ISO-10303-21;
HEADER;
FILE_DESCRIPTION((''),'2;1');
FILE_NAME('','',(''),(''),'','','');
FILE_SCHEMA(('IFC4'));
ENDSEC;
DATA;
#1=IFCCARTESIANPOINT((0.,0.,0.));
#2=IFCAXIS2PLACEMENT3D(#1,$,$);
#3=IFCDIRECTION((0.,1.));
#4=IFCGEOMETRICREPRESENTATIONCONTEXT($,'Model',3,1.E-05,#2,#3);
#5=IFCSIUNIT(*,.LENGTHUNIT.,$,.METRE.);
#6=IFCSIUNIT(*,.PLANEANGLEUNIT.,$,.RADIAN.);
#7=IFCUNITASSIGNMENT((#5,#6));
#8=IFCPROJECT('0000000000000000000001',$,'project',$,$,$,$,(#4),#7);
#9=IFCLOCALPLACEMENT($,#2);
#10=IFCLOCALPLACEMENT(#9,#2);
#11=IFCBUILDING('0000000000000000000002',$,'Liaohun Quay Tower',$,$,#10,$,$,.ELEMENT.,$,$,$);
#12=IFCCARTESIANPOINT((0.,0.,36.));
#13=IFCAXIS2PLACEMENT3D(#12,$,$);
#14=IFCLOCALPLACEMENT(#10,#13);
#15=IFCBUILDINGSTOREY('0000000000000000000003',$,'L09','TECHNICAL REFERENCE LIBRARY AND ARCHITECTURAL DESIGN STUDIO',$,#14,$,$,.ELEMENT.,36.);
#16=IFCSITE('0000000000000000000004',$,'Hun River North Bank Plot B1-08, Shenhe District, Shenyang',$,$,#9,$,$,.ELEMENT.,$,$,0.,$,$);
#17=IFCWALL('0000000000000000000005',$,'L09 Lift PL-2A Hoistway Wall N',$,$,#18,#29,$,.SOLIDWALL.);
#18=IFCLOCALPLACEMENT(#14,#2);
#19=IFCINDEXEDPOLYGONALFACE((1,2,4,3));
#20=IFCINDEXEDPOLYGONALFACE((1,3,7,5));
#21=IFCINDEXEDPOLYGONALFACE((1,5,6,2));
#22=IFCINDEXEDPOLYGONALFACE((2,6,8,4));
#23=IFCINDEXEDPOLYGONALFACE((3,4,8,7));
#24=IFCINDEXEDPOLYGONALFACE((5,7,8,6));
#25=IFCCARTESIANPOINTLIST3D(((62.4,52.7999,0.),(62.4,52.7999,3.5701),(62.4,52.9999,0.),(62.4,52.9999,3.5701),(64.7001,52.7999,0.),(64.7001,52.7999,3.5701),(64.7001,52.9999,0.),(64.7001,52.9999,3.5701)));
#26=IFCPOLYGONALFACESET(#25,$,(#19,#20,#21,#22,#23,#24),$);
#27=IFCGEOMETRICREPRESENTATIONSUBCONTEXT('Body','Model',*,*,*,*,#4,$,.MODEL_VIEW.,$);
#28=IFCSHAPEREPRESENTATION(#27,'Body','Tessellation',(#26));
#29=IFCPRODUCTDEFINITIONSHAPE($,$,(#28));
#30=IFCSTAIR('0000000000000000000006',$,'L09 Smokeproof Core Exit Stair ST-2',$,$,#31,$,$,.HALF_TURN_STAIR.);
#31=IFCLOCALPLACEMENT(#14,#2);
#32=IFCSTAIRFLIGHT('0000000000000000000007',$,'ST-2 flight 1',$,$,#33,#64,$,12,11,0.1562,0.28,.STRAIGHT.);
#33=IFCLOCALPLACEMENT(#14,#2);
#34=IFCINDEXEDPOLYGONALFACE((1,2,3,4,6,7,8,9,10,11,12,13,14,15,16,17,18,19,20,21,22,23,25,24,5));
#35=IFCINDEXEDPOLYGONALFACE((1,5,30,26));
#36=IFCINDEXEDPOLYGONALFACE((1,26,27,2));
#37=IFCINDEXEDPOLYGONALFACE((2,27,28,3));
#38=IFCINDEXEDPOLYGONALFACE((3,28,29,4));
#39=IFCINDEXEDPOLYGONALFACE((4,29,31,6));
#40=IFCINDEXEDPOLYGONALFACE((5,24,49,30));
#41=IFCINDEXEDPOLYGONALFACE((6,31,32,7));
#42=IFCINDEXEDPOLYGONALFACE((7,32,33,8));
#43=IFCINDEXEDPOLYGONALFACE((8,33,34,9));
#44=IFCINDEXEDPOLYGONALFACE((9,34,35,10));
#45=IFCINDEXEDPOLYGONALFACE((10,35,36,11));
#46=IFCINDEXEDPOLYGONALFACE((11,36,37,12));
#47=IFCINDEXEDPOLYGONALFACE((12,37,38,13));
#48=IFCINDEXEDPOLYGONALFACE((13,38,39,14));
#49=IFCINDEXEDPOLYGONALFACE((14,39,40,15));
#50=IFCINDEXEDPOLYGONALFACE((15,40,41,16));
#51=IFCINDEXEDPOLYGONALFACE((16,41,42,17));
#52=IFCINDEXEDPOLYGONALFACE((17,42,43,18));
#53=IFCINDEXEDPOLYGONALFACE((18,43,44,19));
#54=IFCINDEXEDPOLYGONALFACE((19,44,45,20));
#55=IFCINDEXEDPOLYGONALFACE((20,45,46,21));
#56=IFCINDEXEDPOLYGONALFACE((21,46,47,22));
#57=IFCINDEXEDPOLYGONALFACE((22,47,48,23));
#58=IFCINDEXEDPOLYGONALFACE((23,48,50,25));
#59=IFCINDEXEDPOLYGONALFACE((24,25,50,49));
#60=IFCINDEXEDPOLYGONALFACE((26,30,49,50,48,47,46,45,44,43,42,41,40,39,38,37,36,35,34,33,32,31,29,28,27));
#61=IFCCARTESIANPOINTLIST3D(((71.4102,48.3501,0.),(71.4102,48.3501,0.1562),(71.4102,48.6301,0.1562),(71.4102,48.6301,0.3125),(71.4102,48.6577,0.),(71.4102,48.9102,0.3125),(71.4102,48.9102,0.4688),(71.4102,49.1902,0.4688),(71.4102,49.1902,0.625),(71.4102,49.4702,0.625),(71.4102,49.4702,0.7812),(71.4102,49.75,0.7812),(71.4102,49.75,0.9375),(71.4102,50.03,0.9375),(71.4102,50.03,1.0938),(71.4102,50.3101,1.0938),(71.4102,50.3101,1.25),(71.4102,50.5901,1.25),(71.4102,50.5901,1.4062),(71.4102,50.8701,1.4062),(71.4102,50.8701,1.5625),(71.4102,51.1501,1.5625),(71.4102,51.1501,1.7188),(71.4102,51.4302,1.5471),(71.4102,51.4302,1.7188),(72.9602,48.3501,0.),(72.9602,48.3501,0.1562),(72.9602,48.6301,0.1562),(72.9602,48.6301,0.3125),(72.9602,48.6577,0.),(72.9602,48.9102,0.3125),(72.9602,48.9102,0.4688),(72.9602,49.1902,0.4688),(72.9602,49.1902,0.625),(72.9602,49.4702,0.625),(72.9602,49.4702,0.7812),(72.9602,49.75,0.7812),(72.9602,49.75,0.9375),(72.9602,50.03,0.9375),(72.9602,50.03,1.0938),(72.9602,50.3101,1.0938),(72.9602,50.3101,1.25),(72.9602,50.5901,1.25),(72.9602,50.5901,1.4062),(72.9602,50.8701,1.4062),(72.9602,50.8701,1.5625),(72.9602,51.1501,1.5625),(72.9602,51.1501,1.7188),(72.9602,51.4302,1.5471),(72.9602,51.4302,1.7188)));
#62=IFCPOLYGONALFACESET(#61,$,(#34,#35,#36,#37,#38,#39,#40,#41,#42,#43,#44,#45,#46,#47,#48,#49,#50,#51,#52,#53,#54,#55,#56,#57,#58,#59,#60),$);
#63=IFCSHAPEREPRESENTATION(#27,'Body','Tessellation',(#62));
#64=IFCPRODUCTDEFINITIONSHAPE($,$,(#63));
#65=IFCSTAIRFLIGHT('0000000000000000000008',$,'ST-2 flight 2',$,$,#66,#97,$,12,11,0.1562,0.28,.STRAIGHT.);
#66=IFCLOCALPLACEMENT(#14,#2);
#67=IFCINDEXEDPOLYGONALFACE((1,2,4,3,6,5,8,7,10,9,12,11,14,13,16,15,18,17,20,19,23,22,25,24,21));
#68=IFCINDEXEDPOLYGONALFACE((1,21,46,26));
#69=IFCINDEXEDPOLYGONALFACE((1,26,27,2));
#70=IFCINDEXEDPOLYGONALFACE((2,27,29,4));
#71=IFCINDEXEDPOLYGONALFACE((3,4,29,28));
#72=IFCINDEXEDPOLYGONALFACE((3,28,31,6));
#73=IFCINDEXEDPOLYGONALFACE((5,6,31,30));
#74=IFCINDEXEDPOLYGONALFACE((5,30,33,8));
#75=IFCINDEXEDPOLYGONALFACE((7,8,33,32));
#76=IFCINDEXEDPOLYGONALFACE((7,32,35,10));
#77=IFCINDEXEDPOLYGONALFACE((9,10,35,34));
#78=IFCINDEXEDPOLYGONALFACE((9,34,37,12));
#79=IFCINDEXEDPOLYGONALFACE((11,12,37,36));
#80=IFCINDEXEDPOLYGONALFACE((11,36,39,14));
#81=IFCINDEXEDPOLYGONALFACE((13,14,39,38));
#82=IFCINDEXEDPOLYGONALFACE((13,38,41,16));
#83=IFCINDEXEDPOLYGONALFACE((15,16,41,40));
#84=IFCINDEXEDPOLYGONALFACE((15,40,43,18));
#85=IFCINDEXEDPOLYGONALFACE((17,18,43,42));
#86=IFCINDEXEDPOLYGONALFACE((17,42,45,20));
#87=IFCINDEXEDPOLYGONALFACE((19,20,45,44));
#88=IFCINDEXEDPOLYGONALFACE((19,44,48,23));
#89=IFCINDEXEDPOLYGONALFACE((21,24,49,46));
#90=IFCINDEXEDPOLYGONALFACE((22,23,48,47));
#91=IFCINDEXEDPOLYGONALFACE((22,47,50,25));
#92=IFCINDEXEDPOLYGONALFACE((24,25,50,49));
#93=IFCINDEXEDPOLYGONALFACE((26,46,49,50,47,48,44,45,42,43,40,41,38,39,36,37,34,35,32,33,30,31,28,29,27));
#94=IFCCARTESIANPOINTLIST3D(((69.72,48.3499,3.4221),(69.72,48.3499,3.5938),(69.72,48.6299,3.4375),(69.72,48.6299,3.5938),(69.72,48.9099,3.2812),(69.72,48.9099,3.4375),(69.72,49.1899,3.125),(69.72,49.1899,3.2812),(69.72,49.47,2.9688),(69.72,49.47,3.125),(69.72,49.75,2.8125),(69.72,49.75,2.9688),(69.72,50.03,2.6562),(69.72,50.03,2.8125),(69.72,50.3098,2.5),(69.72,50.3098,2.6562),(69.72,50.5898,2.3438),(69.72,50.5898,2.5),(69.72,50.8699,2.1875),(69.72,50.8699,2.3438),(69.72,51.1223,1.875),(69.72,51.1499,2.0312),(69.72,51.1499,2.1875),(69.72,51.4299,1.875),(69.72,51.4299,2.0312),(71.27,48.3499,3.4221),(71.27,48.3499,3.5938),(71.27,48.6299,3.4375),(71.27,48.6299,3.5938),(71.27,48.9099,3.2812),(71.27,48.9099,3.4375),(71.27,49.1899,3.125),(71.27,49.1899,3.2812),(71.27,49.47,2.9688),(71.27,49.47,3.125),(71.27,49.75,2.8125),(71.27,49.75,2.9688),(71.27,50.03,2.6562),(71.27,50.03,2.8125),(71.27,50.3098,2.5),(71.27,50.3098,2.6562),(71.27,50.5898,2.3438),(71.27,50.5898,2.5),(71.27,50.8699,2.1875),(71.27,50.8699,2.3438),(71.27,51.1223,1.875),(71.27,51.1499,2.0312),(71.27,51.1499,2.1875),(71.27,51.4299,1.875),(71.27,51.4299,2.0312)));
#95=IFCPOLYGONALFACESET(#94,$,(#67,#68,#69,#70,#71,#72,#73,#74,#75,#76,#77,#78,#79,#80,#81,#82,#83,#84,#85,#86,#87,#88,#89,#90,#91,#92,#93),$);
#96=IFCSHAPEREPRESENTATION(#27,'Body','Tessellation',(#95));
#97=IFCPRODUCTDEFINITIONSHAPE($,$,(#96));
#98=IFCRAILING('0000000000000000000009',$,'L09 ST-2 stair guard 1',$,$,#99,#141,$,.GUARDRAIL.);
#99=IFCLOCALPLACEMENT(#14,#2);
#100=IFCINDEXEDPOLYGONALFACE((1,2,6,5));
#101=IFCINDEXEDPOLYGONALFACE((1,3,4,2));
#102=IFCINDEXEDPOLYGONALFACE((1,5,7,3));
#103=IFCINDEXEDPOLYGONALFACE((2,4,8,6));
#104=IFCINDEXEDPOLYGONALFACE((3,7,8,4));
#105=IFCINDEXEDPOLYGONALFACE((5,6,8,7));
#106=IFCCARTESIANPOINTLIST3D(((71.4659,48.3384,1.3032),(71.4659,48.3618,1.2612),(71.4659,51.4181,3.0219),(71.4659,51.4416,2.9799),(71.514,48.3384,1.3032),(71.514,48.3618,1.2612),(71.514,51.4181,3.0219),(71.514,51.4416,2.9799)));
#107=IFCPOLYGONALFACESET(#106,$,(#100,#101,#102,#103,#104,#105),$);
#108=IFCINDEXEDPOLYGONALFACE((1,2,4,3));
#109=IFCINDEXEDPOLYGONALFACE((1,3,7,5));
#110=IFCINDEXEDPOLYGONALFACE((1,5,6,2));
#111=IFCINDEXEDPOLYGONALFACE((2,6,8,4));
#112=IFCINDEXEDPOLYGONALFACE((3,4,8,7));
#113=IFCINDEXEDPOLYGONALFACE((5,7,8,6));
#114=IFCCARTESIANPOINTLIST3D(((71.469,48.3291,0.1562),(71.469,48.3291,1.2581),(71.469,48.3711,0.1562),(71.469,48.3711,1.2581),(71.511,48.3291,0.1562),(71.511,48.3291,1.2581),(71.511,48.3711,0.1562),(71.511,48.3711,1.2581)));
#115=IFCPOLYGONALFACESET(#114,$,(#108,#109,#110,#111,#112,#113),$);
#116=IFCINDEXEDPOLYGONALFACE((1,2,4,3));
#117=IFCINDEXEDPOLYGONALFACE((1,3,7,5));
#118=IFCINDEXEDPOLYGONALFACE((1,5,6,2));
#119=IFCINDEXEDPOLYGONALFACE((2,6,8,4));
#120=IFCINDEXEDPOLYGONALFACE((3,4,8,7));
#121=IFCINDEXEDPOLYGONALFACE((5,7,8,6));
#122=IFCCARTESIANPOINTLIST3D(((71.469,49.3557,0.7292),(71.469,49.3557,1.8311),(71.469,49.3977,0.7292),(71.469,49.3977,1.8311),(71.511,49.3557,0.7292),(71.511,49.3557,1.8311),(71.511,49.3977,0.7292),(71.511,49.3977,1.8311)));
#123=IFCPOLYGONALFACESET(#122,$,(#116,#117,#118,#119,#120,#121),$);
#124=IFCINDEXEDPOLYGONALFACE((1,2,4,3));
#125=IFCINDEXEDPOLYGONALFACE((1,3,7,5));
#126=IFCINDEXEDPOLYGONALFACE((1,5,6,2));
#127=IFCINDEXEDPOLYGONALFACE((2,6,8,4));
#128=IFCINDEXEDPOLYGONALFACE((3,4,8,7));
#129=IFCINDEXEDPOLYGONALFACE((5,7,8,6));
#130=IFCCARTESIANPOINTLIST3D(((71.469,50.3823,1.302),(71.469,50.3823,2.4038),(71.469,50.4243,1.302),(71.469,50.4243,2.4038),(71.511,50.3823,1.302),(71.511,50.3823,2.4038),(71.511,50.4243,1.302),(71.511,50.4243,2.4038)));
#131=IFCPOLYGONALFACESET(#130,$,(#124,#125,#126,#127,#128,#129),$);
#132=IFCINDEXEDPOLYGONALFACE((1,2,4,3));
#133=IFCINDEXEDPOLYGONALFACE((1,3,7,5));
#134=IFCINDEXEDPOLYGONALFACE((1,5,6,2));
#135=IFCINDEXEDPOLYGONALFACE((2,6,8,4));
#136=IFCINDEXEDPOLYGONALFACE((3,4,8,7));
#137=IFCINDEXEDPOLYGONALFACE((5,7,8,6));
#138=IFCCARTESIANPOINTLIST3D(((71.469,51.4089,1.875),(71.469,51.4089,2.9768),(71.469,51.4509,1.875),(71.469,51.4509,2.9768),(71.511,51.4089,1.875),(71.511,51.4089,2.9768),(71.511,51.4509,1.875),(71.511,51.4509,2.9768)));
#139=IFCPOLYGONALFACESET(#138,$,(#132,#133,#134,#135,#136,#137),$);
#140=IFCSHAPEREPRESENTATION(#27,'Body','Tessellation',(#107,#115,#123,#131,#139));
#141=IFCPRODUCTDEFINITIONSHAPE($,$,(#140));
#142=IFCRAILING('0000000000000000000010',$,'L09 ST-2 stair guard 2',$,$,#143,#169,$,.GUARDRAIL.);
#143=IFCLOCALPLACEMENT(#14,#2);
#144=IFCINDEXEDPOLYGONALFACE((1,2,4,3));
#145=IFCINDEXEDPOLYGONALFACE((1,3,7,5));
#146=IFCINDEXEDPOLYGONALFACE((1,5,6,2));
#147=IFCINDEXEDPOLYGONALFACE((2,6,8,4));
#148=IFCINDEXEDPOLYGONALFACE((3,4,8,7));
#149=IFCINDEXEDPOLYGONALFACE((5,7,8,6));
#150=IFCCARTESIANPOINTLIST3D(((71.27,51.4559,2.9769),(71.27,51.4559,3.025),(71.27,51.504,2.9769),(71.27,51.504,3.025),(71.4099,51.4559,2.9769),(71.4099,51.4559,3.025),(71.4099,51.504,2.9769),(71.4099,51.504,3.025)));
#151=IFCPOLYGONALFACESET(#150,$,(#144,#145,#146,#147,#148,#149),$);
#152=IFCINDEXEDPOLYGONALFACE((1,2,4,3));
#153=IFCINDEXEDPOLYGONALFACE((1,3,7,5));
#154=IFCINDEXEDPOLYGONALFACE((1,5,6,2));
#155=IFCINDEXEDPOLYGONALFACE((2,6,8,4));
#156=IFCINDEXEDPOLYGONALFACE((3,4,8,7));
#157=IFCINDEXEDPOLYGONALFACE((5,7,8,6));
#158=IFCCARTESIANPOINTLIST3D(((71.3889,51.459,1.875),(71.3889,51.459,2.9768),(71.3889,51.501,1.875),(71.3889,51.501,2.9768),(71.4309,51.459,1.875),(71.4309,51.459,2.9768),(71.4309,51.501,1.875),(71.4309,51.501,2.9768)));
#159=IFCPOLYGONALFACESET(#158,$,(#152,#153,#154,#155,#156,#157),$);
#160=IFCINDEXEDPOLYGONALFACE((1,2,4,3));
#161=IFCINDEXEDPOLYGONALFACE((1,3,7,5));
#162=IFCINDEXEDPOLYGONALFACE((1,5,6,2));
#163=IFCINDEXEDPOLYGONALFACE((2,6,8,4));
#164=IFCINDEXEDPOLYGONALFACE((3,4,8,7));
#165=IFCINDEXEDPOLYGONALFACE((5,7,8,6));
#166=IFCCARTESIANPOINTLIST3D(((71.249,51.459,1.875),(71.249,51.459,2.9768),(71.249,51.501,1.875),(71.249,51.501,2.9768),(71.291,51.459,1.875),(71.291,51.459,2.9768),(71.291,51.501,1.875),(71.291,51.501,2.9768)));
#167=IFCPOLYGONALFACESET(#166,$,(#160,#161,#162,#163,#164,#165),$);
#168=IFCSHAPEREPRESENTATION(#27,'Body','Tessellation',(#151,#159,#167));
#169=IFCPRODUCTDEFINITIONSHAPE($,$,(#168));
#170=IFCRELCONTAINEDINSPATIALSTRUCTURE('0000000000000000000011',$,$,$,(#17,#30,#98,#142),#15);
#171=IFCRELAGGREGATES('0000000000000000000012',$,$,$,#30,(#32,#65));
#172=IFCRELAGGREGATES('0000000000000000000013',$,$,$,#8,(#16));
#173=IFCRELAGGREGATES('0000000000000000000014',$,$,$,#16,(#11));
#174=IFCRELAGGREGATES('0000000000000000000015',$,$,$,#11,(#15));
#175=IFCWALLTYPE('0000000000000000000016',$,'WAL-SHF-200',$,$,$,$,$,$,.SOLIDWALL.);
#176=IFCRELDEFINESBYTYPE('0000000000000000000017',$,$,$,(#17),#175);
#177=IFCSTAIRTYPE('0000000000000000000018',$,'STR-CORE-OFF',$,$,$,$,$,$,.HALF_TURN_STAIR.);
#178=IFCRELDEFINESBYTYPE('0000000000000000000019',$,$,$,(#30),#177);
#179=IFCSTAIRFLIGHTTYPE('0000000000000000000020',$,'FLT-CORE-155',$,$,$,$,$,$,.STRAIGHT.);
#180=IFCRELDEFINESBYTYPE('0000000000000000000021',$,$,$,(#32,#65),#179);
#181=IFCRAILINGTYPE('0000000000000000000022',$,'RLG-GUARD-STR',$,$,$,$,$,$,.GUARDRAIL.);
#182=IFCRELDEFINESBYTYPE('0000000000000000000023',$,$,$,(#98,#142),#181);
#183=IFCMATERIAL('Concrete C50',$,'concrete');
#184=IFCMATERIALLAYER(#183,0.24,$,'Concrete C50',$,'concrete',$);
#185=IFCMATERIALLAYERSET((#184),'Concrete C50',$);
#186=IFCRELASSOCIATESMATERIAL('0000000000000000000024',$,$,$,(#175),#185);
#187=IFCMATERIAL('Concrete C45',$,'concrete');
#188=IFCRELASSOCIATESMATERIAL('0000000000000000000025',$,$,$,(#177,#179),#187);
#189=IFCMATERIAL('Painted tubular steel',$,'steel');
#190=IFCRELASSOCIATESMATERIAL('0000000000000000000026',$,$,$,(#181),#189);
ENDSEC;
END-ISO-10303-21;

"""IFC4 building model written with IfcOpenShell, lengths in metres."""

from ifc_helpers import new_model, si_unit, direction, frame, frame_2d, origin, origin_2d, place, context, subcontext, project, spatial, polyline, rectangle, outline, extrude, material, layer, layer_set, type_object, element, aggregate, save


model = new_model("IFC4")

# Units and contexts
model_context = context("Model", 3, precision=1e-05, world=origin(), true_north=direction((0.0, 1.0)))
body_context = subcontext(model_context, "Body", "Model", "MODEL_VIEW")
ifc_project = project(units=[si_unit("LENGTHUNIT", "METRE"), si_unit("PLANEANGLEUNIT", "RADIAN")], contexts=[model_context])

# Site, building, storey
site_placement = place(None, origin())
site = spatial("IfcSite", under=ifc_project, at=site_placement, Name="Hun River North Bank Plot B1-08, Shenhe District, Shenyang", CompositionType="ELEMENT", RefElevation=0.0)
building_placement = place(site_placement, origin())
building = spatial("IfcBuilding", under=site, at=building_placement, Name="Liaohun Quay Tower", CompositionType="ELEMENT")
storey_placement = place(building_placement, frame((0.0, 0.0, 36.0)))
storey = spatial("IfcBuildingStorey", under=building, at=storey_placement, Name="L09", Description="TECHNICAL REFERENCE LIBRARY AND ARCHITECTURAL DESIGN STUDIO", CompositionType="ELEMENT", Elevation=36.0)

# Shared definitions
ifc_material_1 = material(Name="Concrete C50", Category="concrete")
ifc_layer_1 = layer(ifc_material_1, 0.24, Name="Concrete C50", Category="concrete")
ifc_layer_set_1 = layer_set([ifc_layer_1], Name="Concrete C50")
wall_type_1 = type_object("IfcWallType", Name="WAL-SHF-200", PredefinedType="SOLIDWALL", material=ifc_layer_set_1)

# Wall
wall_1_placement = place(storey_placement, frame((64.7, 52.8999, 0.0), z_axis=(0.0, 0.0, 1.0), x_axis=(-1.0, 0.0, 0.0)))
element("IfcWall", 1, at=wall_1_placement, inside=storey, type_object=wall_type_1, Name="L09 Lift PL-2A Hoistway Wall N", PredefinedType="SOLIDWALL", context=body_context, shape_type="SweptSolid", body=[
    extrude(rectangle(XDim=2.3, YDim=0.2, at=frame_2d((1.1499, 0.0))), origin(), (0.0, 0.0, 1.0), 3.5701),
])

# Stair, stair flights
ifc_material_2 = material(Name="Concrete C45", Category="concrete")
stair_type = type_object("IfcStairType", Name="STR-CORE-OFF", PredefinedType="HALF_TURN_STAIR", material=ifc_material_2)
stair_placement = place(storey_placement, origin())
stair = element("IfcStair", 2, at=stair_placement, inside=storey, type_object=stair_type, Name="L09 Smokeproof Core Exit Stair ST-2", PredefinedType="HALF_TURN_STAIR")
stair_flight_type = type_object("IfcStairFlightType", Name="FLT-CORE-155", PredefinedType="STRAIGHT", material=ifc_material_2)
stair_flight_1_placement = place(storey_placement, frame((72.1851, 48.3501, 0.0), z_axis=(0.0, 0.0, 1.0), x_axis=(0.0, 1.0, 0.0)))
stair_flight_1 = element("IfcStairFlight", 3, at=stair_flight_1_placement, type_object=stair_flight_type, Name="ST-2 flight 1", NumberOfRisers=12, NumberOfTreads=11, PredefinedType="STRAIGHT", RiserHeight=0.1562, TreadLength=0.28, context=body_context, shape_type="SweptSolid", body=[
    extrude(outline(polyline([(0.0, 0.0), (0.0, 0.1562), (0.28, 0.1562), (0.28, 0.3125), (0.5601, 0.3125), (0.5601, 0.4688), (0.8401, 0.4688), (0.8401, 0.625), (1.1201, 0.625), (1.1201, 0.7812), (1.3999, 0.7812), (1.3999, 0.9375), (1.6799, 0.9375), (1.6799, 1.0938), (1.96, 1.0938), (1.96, 1.25), (2.24, 1.25), (2.24, 1.4062), (2.52, 1.4062), (2.52, 1.5625), (2.8, 1.5625), (2.8, 1.7188), (3.0801, 1.7188), (3.0801, 1.875), (3.0801, 1.5471), (0.3076, 0.0), (0.0, 0.0)])), frame((0.0, 0.7749, 0.0), z_axis=(0.0, -1.0, 0.0), x_axis=(1.0, 0.0, 0.0)), (0.0, 0.0, 1.0), 1.55),
])
stair_flight_2_placement = place(storey_placement, frame((70.4951, 51.4299, 1.875), z_axis=(0.0, 0.0, 1.0), x_axis=(0.0, -1.0, 0.0)))
stair_flight_2 = element("IfcStairFlight", 4, at=stair_flight_2_placement, type_object=stair_flight_type, Name="ST-2 flight 2", NumberOfRisers=12, NumberOfTreads=11, PredefinedType="STRAIGHT", RiserHeight=0.1562, TreadLength=0.28, context=body_context, shape_type="SweptSolid", body=[
    extrude(outline(polyline([(0.0, 0.0), (0.0, 0.1562), (0.28, 0.1562), (0.28, 0.3125), (0.5601, 0.3125), (0.5601, 0.4688), (0.8401, 0.4688), (0.8401, 0.625), (1.1201, 0.625), (1.1201, 0.7812), (1.3999, 0.7812), (1.3999, 0.9375), (1.6799, 0.9375), (1.6799, 1.0938), (1.96, 1.0938), (1.96, 1.25), (2.24, 1.25), (2.24, 1.4062), (2.52, 1.4062), (2.52, 1.5625), (2.8, 1.5625), (2.8, 1.7188), (3.0801, 1.7188), (3.0801, 1.875), (3.0801, 1.5471), (0.3076, 0.0), (0.0, 0.0)])), frame((0.0, 0.7749, 0.0), z_axis=(0.0, -1.0, 0.0), x_axis=(1.0, 0.0, 0.0)), (0.0, 0.0, 1.0), 1.55),
])
aggregate(stair, [stair_flight_1, stair_flight_2])

# Railings
ifc_material_3 = material(Name="Painted tubular steel", Category="steel")
railing_type_1 = type_object("IfcRailingType", Name="RLG-GUARD-STR", PredefinedType="GUARDRAIL", material=ifc_material_3)
railing_1_placement = place(storey_placement, frame((71.49, 48.3501, 0.1562)))
element("IfcRailing", 5, at=railing_1_placement, inside=storey, type_object=railing_type_1, Name="L09 ST-2 stair guard 1", PredefinedType="GUARDRAIL", context=body_context, shape_type="SweptSolid", body=[
    extrude(rectangle(XDim=0.0481, YDim=0.0481, at=origin_2d()), frame((0.0, 0.0, 1.126), z_axis=(0.0, 0.873225, 0.487317), x_axis=(-1.0, 0.0, 0.0)), (0.0, 0.0, 1.0), 3.5269),
    extrude(rectangle(XDim=0.042, YDim=0.042, at=origin_2d()), origin(), (0.0, 0.0, 1.0), 1.1018),
    extrude(rectangle(XDim=0.042, YDim=0.042, at=origin_2d()), frame((0.0, 1.0266, 0.573)), (0.0, 0.0, 1.0), 1.1018),
    extrude(rectangle(XDim=0.042, YDim=0.042, at=origin_2d()), frame((0.0, 2.0532, 1.1458)), (0.0, 0.0, 1.0), 1.1018),
    extrude(rectangle(XDim=0.042, YDim=0.042, at=origin_2d()), frame((0.0, 3.0798, 1.7188)), (0.0, 0.0, 1.0), 1.1018),
])
railing_2_placement = place(storey_placement, frame((71.4099, 51.48, 1.875)))
element("IfcRailing", 6, at=railing_2_placement, inside=storey, type_object=railing_type_1, Name="L09 ST-2 stair guard 2", PredefinedType="GUARDRAIL", context=body_context, shape_type="SweptSolid", body=[
    extrude(rectangle(XDim=0.0481, YDim=0.0481, at=origin_2d()), frame((0.0, 0.0, 1.126), z_axis=(-1.0, 0.0, 0.0), x_axis=(0.0, -1.0, 0.0)), (0.0, 0.0, 1.0), 0.1399),
    extrude(rectangle(XDim=0.042, YDim=0.042, at=origin_2d()), origin(), (0.0, 0.0, 1.0), 1.1018),
    extrude(rectangle(XDim=0.042, YDim=0.042, at=origin_2d()), frame((-0.1399, 0.0, 0.0)), (0.0, 0.0, 1.0), 1.1018),
])

save(model, "model.ifc")
